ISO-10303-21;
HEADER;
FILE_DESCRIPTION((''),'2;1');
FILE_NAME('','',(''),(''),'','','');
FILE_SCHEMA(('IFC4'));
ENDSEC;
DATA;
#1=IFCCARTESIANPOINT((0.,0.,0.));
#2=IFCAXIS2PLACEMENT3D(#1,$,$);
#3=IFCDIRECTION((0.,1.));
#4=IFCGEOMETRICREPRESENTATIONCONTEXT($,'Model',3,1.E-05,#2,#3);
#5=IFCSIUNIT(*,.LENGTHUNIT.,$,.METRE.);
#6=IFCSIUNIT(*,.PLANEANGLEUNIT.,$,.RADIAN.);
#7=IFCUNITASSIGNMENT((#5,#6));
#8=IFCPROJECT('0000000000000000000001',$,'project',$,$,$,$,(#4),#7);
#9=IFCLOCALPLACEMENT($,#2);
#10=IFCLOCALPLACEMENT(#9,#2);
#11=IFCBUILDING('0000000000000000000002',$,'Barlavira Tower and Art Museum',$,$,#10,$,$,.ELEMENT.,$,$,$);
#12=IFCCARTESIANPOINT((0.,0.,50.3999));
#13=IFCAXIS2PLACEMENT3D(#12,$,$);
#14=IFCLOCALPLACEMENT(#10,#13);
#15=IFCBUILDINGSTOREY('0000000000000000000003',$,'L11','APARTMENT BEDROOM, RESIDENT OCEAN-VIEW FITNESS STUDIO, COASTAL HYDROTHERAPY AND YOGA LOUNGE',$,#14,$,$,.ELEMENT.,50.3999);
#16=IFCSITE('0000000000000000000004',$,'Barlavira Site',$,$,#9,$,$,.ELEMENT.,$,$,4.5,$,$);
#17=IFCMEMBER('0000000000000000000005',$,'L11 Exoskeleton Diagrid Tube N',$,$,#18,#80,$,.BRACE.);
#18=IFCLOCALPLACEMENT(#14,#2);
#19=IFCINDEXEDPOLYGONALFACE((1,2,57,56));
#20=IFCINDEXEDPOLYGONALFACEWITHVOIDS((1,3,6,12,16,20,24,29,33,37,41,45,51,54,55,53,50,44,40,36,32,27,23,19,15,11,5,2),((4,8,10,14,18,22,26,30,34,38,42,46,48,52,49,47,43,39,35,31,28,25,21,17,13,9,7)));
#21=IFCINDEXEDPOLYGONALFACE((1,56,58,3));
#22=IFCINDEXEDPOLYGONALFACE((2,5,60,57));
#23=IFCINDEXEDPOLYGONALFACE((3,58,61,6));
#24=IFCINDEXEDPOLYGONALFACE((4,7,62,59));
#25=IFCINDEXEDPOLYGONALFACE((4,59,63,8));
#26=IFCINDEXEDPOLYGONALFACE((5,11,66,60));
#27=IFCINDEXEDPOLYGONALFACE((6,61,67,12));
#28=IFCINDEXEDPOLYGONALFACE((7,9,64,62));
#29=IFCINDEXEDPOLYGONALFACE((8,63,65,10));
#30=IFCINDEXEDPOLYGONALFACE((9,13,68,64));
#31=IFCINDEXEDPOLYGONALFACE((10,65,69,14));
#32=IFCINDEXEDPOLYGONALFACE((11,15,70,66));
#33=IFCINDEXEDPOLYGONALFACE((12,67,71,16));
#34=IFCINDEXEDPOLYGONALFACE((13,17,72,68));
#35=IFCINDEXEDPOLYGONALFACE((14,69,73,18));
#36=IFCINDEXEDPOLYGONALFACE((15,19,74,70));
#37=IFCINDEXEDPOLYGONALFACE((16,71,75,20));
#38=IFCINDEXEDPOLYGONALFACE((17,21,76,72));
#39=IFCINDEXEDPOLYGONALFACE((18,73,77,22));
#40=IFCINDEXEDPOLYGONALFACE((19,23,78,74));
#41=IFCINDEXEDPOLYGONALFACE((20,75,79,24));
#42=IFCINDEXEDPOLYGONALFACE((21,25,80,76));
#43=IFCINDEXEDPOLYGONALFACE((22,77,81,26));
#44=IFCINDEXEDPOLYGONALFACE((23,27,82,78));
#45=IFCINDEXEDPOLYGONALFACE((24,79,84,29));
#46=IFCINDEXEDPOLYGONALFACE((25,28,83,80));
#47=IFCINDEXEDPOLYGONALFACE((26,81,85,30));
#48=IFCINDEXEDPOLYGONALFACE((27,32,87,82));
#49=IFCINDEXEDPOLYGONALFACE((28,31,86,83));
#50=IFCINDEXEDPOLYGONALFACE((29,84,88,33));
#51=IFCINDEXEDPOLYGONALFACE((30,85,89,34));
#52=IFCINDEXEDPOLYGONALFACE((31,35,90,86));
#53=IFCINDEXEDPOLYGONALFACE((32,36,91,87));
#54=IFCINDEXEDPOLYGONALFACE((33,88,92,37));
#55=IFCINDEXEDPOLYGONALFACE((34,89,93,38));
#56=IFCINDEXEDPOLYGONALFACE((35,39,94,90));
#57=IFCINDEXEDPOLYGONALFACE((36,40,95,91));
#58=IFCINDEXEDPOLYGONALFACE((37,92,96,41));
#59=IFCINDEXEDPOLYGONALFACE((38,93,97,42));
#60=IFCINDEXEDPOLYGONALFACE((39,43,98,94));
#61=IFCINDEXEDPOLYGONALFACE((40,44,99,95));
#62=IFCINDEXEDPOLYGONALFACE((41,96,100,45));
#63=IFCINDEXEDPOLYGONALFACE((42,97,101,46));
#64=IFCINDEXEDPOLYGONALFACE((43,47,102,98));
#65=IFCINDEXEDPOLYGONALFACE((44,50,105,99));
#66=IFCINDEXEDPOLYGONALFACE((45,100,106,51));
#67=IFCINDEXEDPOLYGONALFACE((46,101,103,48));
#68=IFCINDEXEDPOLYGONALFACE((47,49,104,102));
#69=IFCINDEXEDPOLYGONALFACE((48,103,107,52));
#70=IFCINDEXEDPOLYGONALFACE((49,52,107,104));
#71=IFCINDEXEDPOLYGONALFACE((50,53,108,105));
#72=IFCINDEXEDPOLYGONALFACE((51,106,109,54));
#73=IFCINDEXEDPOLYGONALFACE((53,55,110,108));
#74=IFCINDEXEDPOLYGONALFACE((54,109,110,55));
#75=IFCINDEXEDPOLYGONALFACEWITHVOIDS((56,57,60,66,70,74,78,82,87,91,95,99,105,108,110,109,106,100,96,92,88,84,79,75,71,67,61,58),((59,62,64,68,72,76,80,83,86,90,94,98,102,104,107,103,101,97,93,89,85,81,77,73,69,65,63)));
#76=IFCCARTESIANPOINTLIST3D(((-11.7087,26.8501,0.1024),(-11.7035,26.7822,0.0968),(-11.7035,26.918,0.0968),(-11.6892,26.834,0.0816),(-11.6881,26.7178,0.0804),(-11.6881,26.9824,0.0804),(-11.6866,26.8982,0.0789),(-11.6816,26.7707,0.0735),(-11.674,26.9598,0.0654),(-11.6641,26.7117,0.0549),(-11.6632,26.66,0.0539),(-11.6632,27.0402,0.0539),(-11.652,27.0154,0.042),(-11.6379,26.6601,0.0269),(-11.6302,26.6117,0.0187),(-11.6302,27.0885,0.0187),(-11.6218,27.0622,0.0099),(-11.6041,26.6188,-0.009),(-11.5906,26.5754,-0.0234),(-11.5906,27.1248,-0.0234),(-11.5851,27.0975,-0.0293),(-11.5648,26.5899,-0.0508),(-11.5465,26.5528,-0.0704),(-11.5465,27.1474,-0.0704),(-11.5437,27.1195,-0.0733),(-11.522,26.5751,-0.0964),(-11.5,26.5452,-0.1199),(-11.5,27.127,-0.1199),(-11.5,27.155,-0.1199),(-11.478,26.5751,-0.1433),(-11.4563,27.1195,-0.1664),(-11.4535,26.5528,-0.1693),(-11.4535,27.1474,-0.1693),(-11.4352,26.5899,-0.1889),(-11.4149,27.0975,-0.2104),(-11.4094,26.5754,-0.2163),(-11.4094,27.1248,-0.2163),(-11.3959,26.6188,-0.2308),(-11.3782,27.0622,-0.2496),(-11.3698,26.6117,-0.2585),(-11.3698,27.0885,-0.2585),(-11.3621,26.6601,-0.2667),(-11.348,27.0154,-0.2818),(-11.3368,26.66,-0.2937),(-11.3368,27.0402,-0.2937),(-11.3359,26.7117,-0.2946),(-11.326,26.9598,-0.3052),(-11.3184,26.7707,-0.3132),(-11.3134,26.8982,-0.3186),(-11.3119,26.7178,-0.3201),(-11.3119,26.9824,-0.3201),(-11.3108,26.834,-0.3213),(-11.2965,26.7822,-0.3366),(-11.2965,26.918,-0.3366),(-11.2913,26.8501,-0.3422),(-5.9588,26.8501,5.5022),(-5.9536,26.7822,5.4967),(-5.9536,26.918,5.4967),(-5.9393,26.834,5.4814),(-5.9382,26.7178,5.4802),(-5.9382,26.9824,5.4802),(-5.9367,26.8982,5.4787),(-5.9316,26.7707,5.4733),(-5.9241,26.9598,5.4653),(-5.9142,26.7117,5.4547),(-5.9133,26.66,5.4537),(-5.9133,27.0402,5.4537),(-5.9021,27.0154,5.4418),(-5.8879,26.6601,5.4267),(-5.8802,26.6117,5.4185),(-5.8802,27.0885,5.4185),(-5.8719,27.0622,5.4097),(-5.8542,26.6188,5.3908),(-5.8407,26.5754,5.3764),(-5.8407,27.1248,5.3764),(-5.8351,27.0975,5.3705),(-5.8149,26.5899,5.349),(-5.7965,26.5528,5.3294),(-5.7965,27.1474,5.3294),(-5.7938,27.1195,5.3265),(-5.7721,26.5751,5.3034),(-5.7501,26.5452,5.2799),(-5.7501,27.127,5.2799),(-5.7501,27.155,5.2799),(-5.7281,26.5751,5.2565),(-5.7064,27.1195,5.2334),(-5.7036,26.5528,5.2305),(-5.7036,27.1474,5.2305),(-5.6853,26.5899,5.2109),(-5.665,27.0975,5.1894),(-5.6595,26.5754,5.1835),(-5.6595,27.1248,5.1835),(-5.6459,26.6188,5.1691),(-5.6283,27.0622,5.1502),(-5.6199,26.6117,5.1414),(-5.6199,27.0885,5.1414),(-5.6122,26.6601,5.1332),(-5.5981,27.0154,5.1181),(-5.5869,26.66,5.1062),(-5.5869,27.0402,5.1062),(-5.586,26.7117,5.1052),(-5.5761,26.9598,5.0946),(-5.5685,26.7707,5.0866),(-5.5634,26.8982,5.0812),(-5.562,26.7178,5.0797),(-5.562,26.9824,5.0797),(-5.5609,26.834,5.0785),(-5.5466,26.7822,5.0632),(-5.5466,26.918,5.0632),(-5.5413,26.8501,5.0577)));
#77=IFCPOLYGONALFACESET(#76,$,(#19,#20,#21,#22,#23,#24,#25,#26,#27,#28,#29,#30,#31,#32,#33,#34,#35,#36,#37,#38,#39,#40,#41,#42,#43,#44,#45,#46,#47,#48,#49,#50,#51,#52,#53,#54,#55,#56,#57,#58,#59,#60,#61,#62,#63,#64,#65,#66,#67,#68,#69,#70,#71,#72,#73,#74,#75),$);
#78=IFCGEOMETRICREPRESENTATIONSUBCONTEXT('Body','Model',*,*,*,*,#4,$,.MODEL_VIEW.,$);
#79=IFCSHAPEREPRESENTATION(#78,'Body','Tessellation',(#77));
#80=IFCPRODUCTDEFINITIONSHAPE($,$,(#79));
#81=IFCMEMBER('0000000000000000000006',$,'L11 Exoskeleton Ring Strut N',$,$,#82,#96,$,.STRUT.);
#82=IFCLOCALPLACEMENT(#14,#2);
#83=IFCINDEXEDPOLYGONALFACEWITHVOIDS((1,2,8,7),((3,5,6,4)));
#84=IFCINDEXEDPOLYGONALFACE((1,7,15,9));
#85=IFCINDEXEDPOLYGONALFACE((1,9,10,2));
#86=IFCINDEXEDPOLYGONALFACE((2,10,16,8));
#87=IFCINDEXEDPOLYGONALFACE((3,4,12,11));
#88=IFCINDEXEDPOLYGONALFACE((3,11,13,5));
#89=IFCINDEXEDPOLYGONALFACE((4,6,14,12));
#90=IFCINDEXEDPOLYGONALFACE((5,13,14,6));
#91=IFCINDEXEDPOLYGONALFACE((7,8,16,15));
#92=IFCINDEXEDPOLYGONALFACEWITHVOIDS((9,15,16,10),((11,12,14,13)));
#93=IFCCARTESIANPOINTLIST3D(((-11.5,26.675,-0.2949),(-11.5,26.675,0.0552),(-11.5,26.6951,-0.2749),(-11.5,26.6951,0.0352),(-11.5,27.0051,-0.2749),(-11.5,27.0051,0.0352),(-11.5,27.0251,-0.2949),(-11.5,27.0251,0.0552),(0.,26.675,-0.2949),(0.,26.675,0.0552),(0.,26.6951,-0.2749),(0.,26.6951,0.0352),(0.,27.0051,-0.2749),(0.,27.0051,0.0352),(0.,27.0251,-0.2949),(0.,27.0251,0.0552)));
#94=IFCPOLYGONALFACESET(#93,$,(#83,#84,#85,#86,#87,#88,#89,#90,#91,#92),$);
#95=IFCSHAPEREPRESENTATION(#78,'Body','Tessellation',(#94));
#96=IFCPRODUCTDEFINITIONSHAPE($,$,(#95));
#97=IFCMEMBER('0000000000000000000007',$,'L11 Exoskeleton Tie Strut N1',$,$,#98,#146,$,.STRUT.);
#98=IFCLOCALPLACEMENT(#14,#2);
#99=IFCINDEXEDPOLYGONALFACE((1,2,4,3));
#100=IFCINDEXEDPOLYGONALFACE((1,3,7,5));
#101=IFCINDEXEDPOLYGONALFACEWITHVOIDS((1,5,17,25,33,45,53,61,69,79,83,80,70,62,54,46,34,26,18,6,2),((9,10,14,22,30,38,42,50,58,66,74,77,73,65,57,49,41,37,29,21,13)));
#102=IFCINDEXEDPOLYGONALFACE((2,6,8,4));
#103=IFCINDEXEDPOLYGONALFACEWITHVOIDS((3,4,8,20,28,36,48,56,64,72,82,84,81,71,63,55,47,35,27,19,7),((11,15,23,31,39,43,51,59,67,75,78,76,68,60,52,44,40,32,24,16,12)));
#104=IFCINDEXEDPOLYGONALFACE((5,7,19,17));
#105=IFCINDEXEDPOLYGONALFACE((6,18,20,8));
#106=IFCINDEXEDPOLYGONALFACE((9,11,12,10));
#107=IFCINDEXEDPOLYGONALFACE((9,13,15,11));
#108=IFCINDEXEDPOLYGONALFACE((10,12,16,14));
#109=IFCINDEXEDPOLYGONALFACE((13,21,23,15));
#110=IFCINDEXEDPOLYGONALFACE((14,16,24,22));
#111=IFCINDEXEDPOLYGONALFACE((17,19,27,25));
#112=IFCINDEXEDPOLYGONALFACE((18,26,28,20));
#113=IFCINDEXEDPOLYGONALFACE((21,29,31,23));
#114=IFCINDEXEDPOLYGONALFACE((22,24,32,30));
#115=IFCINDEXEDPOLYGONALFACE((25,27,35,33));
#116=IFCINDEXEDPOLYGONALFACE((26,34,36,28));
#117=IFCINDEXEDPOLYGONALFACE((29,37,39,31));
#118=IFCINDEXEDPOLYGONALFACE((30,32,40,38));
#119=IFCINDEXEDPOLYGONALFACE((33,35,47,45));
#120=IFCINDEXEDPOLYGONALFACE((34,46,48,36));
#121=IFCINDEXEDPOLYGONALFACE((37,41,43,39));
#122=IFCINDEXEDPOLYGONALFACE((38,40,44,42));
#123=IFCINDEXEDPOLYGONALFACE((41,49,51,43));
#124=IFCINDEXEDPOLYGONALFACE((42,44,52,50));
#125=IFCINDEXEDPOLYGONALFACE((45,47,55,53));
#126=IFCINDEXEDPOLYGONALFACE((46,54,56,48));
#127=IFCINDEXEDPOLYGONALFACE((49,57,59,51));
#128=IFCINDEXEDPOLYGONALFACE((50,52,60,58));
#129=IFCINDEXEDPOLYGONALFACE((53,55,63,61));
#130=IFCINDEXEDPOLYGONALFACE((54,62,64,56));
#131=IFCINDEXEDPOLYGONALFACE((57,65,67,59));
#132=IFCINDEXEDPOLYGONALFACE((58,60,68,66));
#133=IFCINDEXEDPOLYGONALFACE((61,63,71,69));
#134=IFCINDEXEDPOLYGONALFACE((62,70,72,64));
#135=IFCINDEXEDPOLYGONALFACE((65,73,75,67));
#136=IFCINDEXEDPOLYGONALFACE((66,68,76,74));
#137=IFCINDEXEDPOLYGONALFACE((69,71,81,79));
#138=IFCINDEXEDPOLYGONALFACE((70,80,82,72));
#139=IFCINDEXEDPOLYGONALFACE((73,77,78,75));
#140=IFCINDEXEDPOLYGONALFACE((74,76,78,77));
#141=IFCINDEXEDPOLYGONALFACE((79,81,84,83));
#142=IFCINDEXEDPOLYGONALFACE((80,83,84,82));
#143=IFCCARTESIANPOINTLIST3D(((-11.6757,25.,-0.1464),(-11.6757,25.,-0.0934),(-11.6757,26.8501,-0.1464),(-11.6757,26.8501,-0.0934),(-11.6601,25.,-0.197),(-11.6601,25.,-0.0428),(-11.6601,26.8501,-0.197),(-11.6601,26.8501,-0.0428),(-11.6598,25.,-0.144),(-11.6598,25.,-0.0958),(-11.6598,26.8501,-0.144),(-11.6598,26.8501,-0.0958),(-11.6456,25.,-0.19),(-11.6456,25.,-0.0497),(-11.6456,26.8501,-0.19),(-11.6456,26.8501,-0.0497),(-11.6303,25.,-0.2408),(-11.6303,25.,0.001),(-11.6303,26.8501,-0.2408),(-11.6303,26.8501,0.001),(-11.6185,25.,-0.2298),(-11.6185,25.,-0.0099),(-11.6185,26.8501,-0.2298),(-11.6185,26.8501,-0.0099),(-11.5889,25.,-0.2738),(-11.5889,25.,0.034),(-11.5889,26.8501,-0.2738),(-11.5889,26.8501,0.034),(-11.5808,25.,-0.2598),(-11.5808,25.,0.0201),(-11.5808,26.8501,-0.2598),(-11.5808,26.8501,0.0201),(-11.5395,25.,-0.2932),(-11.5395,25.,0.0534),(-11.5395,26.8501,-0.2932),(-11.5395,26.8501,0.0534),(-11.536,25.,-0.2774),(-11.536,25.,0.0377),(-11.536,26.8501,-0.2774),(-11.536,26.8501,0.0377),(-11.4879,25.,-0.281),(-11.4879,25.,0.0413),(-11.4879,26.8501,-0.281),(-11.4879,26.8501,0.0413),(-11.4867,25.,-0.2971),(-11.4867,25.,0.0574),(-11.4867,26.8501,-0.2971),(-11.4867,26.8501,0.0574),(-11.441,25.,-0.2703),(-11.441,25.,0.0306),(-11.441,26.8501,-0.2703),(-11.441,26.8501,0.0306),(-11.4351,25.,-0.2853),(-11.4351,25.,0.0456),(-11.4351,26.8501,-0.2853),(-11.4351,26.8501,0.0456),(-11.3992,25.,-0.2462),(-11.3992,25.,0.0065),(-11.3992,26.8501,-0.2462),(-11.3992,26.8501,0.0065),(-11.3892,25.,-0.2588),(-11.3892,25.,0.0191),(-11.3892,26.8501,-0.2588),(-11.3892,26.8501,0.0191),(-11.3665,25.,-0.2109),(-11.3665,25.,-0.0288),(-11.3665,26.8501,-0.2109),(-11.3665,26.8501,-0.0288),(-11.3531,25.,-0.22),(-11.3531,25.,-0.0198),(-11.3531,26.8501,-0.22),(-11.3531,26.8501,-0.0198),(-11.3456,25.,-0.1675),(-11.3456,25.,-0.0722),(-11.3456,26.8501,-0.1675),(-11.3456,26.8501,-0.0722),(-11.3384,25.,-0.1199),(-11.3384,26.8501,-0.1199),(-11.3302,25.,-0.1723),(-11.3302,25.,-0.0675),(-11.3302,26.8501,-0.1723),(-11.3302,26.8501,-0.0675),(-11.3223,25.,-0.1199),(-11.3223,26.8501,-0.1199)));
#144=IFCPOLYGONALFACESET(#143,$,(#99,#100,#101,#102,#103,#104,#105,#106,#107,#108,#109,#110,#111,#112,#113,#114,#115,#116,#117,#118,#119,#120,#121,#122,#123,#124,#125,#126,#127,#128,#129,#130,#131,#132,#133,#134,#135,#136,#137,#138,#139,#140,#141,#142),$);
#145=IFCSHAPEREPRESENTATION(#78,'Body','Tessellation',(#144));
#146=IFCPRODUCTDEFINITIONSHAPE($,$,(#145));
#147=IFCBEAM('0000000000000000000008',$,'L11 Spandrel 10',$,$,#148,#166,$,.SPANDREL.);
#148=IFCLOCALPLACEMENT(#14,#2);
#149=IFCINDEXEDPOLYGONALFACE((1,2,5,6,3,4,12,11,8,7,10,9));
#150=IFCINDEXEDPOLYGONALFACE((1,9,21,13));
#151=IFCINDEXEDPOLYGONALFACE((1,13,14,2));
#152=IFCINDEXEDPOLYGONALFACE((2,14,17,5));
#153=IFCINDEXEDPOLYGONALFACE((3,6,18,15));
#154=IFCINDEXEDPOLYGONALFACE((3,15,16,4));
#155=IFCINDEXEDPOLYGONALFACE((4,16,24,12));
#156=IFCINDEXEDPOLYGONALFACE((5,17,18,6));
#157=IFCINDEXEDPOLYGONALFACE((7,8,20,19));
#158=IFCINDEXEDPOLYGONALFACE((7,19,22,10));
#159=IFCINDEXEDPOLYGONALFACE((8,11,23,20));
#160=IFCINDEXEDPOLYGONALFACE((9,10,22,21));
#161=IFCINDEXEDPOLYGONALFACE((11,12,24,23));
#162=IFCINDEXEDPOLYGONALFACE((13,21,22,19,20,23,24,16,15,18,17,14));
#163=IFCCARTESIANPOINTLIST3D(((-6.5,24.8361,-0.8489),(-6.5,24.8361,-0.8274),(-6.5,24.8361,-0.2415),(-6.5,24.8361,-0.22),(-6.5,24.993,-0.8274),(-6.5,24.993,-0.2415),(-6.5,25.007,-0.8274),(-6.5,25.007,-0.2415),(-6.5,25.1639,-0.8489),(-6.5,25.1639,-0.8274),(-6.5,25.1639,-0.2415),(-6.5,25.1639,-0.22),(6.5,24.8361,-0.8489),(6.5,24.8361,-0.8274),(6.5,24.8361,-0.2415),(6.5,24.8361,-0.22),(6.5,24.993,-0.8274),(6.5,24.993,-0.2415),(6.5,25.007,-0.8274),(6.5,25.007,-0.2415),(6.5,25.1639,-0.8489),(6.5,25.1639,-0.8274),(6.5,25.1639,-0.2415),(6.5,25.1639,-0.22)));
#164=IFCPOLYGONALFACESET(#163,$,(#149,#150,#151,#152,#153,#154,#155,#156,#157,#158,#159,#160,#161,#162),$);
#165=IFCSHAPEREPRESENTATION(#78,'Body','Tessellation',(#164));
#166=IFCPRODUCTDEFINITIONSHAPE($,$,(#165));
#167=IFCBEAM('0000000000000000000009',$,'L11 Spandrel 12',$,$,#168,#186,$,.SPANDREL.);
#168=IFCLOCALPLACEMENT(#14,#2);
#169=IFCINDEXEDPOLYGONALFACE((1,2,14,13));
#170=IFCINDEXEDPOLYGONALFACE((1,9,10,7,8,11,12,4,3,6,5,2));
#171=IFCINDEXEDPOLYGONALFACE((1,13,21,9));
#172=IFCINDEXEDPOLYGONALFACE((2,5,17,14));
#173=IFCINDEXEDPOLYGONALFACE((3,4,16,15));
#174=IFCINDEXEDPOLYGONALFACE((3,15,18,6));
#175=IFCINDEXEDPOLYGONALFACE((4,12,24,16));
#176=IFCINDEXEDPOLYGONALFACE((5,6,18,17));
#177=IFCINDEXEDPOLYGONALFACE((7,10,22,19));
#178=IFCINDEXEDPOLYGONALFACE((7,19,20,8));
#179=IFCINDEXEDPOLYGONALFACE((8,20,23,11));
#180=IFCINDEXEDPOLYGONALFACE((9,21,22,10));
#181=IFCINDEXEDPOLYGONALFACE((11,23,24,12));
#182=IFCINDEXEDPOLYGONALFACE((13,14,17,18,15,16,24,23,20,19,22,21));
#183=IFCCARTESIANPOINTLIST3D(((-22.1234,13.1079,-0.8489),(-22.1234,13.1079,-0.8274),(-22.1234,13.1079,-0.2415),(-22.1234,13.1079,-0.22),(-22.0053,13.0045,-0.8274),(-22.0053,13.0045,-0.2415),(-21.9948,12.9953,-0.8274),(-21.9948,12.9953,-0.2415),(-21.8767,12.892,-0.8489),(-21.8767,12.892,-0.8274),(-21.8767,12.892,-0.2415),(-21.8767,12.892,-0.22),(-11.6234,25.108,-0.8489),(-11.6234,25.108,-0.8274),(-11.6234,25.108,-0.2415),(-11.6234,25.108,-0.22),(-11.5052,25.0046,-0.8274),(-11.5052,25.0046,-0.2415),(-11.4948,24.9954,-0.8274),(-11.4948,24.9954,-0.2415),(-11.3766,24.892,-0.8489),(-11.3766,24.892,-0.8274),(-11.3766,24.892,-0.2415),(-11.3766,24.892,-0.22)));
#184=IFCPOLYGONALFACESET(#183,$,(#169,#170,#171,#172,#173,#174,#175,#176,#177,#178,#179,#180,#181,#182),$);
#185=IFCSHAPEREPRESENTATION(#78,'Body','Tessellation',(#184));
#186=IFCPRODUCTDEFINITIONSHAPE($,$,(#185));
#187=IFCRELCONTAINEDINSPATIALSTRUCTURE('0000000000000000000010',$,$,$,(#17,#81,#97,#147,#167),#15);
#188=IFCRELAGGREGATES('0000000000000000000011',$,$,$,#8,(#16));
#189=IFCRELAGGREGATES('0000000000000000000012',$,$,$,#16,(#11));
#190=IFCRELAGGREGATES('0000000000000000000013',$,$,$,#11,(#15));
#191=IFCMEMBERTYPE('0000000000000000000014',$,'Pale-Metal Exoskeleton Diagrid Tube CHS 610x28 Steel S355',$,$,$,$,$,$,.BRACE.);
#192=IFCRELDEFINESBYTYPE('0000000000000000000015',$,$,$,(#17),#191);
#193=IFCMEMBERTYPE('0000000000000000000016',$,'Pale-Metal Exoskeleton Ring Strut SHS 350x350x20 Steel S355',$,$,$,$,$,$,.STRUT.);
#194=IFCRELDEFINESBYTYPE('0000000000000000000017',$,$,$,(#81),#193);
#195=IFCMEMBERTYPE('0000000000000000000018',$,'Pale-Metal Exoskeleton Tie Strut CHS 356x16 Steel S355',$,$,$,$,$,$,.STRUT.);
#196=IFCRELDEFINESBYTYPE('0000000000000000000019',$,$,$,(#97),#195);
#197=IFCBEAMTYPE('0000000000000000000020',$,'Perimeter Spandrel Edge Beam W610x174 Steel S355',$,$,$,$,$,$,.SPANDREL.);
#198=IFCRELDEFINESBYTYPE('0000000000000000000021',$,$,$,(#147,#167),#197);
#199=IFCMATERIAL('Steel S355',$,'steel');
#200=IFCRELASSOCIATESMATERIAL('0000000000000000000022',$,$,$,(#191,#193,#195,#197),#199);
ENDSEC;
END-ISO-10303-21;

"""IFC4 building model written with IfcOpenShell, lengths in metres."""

from ifc_helpers import new_model, si_unit, direction, frame, origin, origin_2d, place, context, subcontext, project, spatial, hollow_rectangle, hollow_circle, i_section, extrude, material, material_profile, profile_set, type_object, element, save


model = new_model("IFC4")

# Units and contexts
model_context = context("Model", 3, precision=1e-05, world=origin(), true_north=direction((0.0, 1.0)))
body_context = subcontext(model_context, "Body", "Model", "MODEL_VIEW")
ifc_project = project(units=[si_unit("LENGTHUNIT", "METRE"), si_unit("PLANEANGLEUNIT", "RADIAN")], contexts=[model_context])

# Site, building, storey
site_placement = place(None, origin())
site = spatial("IfcSite", under=ifc_project, at=site_placement, Name="Barlavira Site", CompositionType="ELEMENT", RefElevation=4.5)
building_placement = place(site_placement, origin())
building = spatial("IfcBuilding", under=site, at=building_placement, Name="Barlavira Tower and Art Museum", CompositionType="ELEMENT")
storey_placement = place(building_placement, frame((0.0, 0.0, 50.3999)))
storey = spatial("IfcBuildingStorey", under=building, at=storey_placement, Name="L11", Description="APARTMENT BEDROOM, RESIDENT OCEAN-VIEW FITNESS STUDIO, COASTAL HYDROTHERAPY AND YOGA LOUNGE", CompositionType="ELEMENT", Elevation=50.3999)

# Shared definitions
ifc_material_1 = material(Name="Steel S355", Category="steel")

# Members
ifc_material_profile_1 = material_profile(ifc_material_1, hollow_circle(Radius=0.3049, WallThickness=0.0281, at=origin_2d()), Name="CHS 610.0x28.0")
ifc_profile_set_1 = profile_set([ifc_material_profile_1], Name="Steel S355")
member_type_1 = type_object("IfcMemberType", Name="Pale-Metal Exoskeleton Diagrid Tube CHS 610x28 Steel S355", PredefinedType="BRACE", material=ifc_profile_set_1)
member_1_placement = place(storey_placement, frame((-11.5, 26.8501, -0.1199), z_axis=(0.72895, 0.0, 0.684567), x_axis=(0.0, 1.0, 0.0)))
element("IfcMember", 1, at=member_1_placement, inside=storey, type_object=member_type_1, Name="L11 Exoskeleton Diagrid Tube N", PredefinedType="BRACE", context=body_context, shape_type="SweptSolid", body=[
    extrude(hollow_circle(Radius=0.3049, WallThickness=0.0281, at=origin_2d()), origin(), (0.0, 0.0, 1.0), 7.8879),
])
ifc_material_profile_2 = material_profile(ifc_material_1, hollow_rectangle(XDim=0.3501, YDim=0.3501, WallThickness=0.02, at=origin_2d()), Name="SHS 350x350x20.0")
ifc_profile_set_2 = profile_set([ifc_material_profile_2], Name="Steel S355")
member_type_2 = type_object("IfcMemberType", Name="Pale-Metal Exoskeleton Ring Strut SHS 350x350x20 Steel S355", PredefinedType="STRUT", material=ifc_profile_set_2)
member_2_placement = place(storey_placement, frame((-11.5, 26.8501, -0.1199), z_axis=(1.0, 0.0, 0.0), x_axis=(0.0, 1.0, 0.0)))
element("IfcMember", 2, at=member_2_placement, inside=storey, type_object=member_type_2, Name="L11 Exoskeleton Ring Strut N", PredefinedType="STRUT", context=body_context, shape_type="SweptSolid", body=[
    extrude(hollow_rectangle(XDim=0.3501, YDim=0.3501, WallThickness=0.02, at=origin_2d()), origin(), (0.0, 0.0, 1.0), 11.5),
])
ifc_material_profile_3 = material_profile(ifc_material_1, hollow_circle(Radius=0.1777, WallThickness=0.0161, at=origin_2d()), Name="CHS 355.6x16.0")
ifc_profile_set_3 = profile_set([ifc_material_profile_3], Name="Steel S355")
member_type_3 = type_object("IfcMemberType", Name="Pale-Metal Exoskeleton Tie Strut CHS 356x16 Steel S355", PredefinedType="STRUT", material=ifc_profile_set_3)
member_3_placement = place(storey_placement, frame((-11.5, 26.8501, -0.1199), z_axis=(0.0, -1.0, 0.0), x_axis=(1.0, 0.0, 0.0)))
element("IfcMember", 3, at=member_3_placement, inside=storey, type_object=member_type_3, Name="L11 Exoskeleton Tie Strut N1", PredefinedType="STRUT", context=body_context, shape_type="SweptSolid", body=[
    extrude(hollow_circle(Radius=0.1777, WallThickness=0.0161, at=origin_2d()), origin(), (0.0, 0.0, 1.0), 1.8501),
])

# Beams
ifc_material_profile_4 = material_profile(ifc_material_1, i_section(OverallWidth=0.3279, OverallDepth=0.6289, WebThickness=0.0139, FlangeThickness=0.0215, at=origin_2d()), Name="W610x174.0")
ifc_profile_set_4 = profile_set([ifc_material_profile_4], Name="Steel S355")
beam_type_1 = type_object("IfcBeamType", Name="Perimeter Spandrel Edge Beam W610x174 Steel S355", PredefinedType="SPANDREL", material=ifc_profile_set_4)
beam_1_placement = place(storey_placement, frame((-6.5, 25.0, -0.5344), z_axis=(1.0, 0.0, 0.0), x_axis=(0.0, 1.0, 0.0)))
element("IfcBeam", 4, at=beam_1_placement, inside=storey, type_object=beam_type_1, Name="L11 Spandrel 10", PredefinedType="SPANDREL", context=body_context, shape_type="SweptSolid", body=[
    extrude(i_section(OverallWidth=0.3279, OverallDepth=0.6289, WebThickness=0.0139, FlangeThickness=0.0215, at=origin_2d()), origin(), (0.0, 0.0, 1.0), 13.0),
])
beam_2_placement = place(storey_placement, frame((-11.5, 25.0, -0.5344), z_axis=(-0.658505, -0.752577, 0.0), x_axis=(0.752577, -0.658505, 0.0)))
element("IfcBeam", 5, at=beam_2_placement, inside=storey, type_object=beam_type_1, Name="L11 Spandrel 12", PredefinedType="SPANDREL", context=body_context, shape_type="SweptSolid", body=[
    extrude(i_section(OverallWidth=0.3279, OverallDepth=0.6289, WebThickness=0.0139, FlangeThickness=0.0215, at=origin_2d()), origin(), (0.0, 0.0, 1.0), 15.9453),
])

save(model, "model.ifc")
